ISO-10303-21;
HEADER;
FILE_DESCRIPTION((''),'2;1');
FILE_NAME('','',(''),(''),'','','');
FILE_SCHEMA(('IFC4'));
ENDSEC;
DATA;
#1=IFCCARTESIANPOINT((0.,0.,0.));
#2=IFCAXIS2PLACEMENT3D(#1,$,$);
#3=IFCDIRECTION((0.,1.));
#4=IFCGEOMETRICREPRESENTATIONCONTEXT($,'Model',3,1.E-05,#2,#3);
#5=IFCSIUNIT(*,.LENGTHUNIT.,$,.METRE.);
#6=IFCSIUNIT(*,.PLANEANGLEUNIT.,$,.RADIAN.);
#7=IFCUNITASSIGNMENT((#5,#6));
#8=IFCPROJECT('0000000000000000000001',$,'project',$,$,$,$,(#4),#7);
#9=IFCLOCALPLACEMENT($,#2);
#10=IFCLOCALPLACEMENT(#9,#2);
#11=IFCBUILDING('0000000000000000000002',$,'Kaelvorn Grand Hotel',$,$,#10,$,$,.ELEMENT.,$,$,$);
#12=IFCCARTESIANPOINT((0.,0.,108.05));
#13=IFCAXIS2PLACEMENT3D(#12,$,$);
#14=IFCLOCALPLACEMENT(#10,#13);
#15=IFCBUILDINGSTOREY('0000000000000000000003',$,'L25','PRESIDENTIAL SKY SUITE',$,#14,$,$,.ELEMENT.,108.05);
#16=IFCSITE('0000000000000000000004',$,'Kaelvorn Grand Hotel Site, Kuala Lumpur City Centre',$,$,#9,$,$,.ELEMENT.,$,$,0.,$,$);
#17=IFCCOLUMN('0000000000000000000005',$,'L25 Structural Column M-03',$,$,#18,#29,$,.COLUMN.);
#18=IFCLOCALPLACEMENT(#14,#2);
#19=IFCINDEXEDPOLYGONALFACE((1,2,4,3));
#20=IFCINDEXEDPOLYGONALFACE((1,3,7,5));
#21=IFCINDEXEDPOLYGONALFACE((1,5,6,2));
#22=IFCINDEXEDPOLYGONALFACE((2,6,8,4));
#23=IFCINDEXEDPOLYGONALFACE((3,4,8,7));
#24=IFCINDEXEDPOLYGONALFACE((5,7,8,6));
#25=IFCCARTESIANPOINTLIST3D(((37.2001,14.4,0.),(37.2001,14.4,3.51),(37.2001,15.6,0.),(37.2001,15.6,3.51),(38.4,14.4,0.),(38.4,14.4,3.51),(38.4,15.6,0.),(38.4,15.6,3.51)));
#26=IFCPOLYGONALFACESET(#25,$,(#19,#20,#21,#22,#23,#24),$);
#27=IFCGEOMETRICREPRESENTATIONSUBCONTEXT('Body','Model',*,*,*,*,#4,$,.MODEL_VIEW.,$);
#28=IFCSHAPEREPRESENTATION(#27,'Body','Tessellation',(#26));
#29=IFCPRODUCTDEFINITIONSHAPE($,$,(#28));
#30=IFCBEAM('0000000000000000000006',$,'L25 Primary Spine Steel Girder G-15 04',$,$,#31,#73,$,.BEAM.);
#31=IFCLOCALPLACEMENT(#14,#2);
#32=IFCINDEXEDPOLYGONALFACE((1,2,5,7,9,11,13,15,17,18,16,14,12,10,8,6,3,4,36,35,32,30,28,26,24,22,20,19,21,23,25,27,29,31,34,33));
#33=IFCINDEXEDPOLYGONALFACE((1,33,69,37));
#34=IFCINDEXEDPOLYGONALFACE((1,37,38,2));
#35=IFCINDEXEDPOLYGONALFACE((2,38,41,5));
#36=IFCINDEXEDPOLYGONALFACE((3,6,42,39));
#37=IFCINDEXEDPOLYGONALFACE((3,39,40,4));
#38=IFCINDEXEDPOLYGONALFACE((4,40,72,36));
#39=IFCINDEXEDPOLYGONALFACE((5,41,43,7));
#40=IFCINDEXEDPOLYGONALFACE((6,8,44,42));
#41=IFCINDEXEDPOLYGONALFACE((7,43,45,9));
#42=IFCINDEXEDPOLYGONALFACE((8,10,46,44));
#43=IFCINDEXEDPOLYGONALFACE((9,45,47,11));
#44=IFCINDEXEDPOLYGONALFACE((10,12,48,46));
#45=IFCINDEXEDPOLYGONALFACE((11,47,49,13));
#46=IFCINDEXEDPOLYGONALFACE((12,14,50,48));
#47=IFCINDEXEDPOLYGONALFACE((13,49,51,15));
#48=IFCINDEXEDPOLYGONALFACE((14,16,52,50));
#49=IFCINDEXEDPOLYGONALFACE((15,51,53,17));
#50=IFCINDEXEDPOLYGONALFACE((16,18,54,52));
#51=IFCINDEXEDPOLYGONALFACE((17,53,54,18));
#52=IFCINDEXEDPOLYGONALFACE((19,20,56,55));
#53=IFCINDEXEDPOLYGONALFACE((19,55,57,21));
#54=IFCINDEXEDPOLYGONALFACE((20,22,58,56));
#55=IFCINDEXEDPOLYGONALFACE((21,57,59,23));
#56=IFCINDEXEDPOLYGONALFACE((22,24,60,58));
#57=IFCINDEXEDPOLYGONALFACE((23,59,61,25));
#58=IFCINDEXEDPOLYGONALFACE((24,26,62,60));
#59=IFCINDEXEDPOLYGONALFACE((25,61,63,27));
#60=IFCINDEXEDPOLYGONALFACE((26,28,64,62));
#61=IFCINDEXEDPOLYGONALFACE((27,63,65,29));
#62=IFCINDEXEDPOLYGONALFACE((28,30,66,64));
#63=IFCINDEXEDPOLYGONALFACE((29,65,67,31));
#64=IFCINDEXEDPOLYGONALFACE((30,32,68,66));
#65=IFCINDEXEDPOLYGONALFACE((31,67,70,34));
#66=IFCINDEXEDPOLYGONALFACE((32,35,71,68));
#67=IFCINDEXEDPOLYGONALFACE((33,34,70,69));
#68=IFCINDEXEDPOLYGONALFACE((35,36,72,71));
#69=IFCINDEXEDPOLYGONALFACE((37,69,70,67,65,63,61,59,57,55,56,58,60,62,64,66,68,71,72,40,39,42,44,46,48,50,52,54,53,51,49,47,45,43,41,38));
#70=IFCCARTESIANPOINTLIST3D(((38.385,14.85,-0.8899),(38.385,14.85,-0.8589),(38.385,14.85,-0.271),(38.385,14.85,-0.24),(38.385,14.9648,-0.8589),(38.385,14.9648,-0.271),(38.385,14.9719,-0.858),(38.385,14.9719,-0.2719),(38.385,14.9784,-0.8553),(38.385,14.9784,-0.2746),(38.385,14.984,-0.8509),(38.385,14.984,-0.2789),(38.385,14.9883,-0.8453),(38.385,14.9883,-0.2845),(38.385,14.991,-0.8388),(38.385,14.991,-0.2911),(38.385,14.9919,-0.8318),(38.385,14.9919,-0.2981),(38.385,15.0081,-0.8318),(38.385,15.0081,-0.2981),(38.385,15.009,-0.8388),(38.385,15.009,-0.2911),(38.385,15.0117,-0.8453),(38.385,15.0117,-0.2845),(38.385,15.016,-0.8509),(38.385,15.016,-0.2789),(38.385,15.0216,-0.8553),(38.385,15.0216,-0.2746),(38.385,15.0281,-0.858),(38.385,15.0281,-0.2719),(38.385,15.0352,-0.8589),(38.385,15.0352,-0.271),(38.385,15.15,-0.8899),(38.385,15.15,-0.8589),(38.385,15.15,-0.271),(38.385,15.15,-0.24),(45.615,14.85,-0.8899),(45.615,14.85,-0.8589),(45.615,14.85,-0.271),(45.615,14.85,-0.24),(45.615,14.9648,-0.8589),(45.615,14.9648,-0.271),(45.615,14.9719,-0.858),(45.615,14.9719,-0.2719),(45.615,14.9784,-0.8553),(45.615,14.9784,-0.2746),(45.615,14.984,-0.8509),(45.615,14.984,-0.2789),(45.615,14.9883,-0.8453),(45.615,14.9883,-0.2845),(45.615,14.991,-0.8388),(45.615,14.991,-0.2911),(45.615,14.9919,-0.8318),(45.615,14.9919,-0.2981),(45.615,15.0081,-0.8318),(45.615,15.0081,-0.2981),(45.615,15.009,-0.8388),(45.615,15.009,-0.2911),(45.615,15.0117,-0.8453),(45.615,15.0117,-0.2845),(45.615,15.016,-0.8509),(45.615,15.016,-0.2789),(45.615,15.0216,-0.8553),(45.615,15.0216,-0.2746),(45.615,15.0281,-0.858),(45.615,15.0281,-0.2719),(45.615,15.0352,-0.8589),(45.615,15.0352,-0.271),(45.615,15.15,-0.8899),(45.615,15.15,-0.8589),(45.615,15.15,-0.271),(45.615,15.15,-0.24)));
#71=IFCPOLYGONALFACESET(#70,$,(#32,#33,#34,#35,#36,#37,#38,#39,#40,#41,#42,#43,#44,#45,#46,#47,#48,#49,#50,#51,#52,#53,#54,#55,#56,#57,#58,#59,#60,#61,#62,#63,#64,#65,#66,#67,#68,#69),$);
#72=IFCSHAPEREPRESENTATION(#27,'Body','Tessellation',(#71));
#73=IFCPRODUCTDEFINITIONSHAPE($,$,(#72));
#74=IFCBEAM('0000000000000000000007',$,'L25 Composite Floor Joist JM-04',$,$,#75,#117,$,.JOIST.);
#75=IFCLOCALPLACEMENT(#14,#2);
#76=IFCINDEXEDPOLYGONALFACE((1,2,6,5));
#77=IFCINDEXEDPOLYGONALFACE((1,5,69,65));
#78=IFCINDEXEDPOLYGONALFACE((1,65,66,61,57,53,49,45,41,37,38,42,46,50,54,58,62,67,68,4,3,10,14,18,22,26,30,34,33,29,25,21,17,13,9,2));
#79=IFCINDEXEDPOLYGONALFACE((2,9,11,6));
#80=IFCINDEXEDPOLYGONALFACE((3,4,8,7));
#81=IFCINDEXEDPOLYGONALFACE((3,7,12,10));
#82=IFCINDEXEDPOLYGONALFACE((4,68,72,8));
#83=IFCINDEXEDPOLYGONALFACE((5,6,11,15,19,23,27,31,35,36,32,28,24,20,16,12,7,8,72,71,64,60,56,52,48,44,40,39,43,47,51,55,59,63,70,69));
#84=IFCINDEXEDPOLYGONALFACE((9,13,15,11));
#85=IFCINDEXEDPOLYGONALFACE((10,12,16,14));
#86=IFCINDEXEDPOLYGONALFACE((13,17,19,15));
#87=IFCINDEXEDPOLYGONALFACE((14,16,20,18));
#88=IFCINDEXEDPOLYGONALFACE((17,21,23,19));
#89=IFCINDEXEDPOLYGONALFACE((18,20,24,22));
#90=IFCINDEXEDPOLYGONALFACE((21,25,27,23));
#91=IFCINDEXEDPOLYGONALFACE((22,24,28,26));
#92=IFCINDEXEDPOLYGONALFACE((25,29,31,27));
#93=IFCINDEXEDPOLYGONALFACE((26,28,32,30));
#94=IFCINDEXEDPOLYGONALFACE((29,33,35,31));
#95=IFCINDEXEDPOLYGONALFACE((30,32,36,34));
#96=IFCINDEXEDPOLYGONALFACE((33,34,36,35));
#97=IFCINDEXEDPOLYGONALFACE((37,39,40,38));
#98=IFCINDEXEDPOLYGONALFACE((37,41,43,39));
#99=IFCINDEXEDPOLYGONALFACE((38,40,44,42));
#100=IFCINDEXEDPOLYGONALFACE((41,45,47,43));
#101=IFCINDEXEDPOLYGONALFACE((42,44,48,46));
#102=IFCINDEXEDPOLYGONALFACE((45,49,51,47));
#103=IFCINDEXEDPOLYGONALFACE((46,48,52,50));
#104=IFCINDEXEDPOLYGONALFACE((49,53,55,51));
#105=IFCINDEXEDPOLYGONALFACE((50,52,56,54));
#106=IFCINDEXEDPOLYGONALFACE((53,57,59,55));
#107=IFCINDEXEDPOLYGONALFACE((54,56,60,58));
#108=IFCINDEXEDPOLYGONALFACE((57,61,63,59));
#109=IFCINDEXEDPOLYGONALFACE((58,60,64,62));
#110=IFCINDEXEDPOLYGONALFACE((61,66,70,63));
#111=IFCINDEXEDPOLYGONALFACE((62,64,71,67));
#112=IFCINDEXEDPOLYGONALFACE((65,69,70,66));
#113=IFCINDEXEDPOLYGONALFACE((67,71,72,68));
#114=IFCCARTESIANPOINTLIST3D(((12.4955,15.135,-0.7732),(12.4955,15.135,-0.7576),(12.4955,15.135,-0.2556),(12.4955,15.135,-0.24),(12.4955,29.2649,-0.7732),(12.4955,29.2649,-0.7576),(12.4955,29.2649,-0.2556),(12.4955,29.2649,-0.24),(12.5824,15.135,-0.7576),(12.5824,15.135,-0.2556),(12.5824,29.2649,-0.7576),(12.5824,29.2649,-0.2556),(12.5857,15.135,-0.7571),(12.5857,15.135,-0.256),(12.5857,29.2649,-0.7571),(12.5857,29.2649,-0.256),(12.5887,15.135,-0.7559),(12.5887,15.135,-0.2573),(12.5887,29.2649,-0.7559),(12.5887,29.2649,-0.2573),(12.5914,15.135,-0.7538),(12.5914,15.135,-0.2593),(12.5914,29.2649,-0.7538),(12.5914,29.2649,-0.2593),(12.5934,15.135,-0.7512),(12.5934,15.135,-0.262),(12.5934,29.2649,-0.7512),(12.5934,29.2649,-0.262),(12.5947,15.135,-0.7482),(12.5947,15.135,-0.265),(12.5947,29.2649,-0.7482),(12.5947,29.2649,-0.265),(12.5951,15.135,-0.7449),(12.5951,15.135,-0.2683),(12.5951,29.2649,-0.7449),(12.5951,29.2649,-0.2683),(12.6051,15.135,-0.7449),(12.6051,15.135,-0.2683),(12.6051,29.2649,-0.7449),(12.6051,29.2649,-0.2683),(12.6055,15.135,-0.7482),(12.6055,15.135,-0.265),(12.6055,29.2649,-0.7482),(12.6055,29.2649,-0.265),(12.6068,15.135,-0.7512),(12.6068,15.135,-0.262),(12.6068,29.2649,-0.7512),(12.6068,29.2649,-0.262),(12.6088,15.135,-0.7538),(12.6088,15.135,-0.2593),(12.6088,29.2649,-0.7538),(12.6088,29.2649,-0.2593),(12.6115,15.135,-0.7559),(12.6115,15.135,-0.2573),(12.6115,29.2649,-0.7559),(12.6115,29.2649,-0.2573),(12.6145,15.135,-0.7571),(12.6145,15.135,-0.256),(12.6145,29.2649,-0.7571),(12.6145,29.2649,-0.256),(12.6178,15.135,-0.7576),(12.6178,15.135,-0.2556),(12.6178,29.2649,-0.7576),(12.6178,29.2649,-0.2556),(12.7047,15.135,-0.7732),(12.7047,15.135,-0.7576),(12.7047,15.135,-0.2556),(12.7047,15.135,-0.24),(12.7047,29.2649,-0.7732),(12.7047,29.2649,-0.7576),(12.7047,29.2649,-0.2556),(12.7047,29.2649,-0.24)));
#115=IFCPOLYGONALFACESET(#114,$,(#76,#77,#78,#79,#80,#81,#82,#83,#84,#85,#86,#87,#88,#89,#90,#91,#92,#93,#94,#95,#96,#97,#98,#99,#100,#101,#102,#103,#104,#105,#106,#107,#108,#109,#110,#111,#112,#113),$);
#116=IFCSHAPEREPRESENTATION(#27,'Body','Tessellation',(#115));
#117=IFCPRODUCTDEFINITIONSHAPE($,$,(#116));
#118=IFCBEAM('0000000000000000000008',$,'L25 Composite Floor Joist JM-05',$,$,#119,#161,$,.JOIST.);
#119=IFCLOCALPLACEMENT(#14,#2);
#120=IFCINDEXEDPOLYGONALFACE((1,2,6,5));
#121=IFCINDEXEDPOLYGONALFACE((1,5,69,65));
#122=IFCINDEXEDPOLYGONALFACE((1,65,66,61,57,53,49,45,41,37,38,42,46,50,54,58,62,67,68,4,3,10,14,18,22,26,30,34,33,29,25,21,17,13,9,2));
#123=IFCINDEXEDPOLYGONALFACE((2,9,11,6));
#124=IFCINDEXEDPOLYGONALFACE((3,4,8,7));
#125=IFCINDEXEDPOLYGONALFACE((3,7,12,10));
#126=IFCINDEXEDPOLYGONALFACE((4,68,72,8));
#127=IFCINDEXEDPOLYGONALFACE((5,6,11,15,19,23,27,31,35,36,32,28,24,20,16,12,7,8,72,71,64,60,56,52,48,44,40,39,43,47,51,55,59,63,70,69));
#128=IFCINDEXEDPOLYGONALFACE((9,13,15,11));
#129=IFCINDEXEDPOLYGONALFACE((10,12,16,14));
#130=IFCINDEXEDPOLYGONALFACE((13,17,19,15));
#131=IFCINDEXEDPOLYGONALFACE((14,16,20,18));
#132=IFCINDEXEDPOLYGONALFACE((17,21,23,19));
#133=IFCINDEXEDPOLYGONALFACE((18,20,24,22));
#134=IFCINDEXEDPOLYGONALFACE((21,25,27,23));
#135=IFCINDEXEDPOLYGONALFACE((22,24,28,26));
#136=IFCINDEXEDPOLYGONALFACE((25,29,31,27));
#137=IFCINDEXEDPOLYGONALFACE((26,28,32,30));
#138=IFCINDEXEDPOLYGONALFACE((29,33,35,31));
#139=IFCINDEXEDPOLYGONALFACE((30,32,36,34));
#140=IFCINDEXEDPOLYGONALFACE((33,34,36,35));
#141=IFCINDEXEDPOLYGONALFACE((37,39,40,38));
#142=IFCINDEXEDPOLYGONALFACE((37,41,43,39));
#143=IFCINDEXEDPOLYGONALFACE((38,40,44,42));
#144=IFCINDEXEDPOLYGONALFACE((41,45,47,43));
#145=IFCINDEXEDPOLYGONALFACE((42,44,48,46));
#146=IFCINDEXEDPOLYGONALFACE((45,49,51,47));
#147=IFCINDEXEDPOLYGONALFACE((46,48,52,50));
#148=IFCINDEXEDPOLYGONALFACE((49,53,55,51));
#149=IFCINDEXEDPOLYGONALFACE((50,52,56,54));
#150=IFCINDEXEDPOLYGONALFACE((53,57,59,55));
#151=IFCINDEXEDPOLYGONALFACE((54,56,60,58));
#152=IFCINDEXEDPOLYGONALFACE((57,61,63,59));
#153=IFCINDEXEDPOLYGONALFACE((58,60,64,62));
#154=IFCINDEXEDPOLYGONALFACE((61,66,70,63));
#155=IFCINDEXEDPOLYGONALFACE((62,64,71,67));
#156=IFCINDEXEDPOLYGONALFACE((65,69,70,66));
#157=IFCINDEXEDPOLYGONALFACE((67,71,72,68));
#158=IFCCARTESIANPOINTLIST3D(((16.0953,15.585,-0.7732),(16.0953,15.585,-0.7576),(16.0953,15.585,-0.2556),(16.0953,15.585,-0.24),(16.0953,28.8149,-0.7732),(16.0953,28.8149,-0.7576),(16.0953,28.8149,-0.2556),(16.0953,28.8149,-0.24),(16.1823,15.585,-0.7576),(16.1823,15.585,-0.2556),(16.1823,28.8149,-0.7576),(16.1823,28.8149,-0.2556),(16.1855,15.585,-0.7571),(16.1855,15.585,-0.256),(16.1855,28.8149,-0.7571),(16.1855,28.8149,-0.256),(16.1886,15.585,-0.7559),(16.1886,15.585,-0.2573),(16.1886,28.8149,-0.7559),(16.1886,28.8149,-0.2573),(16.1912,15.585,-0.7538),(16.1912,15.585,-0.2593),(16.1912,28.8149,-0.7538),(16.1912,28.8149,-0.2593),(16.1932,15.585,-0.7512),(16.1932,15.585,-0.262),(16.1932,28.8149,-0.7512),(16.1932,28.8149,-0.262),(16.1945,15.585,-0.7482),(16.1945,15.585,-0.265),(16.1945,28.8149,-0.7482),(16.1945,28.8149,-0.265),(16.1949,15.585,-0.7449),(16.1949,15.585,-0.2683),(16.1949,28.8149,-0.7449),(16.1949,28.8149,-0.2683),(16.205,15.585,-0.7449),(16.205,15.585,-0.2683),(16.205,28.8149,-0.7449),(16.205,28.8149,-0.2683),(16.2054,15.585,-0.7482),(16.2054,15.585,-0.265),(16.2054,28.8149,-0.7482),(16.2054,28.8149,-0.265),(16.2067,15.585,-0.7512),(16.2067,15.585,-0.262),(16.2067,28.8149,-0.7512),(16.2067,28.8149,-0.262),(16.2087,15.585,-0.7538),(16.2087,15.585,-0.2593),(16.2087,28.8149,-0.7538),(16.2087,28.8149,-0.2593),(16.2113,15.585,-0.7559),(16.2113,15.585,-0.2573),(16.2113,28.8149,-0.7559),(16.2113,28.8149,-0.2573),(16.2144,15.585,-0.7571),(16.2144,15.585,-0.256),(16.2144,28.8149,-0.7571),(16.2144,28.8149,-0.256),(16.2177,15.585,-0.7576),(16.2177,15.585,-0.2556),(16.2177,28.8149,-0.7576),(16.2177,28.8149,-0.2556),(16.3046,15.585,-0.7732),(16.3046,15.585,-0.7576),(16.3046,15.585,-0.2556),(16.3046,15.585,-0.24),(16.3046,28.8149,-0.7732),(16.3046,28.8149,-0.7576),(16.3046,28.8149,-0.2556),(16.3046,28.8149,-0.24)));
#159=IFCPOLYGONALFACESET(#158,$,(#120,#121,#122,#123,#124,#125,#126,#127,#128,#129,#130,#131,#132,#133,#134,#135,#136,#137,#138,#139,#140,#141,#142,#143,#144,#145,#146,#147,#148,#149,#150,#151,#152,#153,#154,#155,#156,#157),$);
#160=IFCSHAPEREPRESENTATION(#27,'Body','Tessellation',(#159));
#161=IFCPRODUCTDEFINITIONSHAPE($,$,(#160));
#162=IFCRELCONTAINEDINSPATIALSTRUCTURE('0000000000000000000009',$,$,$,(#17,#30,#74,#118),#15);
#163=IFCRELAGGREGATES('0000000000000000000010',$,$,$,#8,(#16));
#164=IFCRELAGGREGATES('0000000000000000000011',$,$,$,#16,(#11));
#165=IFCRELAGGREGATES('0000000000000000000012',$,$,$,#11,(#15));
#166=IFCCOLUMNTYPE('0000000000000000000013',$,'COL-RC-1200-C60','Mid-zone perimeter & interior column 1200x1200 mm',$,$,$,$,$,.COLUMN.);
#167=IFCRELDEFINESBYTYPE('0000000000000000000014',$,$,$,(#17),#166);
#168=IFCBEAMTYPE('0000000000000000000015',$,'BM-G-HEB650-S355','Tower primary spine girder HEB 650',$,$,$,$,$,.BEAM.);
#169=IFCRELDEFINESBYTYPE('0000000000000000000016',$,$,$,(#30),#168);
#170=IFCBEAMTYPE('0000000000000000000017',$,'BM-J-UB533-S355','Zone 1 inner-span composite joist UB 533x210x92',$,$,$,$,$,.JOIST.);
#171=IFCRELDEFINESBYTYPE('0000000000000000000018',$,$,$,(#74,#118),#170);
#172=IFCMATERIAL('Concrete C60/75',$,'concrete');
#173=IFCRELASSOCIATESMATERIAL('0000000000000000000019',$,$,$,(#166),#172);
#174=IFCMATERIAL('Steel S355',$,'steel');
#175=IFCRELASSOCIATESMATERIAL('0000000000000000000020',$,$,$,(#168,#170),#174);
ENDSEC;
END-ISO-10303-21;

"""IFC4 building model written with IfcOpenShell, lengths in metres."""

from ifc_helpers import new_model, si_unit, direction, frame, origin, origin_2d, place, context, subcontext, project, spatial, rectangle, i_section, extrude, material, material_profile, profile_set, type_object, element, save


model = new_model("IFC4")

# Units and contexts
model_context = context("Model", 3, precision=1e-05, world=origin(), true_north=direction((0.0, 1.0)))
body_context = subcontext(model_context, "Body", "Model", "MODEL_VIEW")
ifc_project = project(units=[si_unit("LENGTHUNIT", "METRE"), si_unit("PLANEANGLEUNIT", "RADIAN")], contexts=[model_context])

# Site, building, storey
site_placement = place(None, origin())
site = spatial("IfcSite", under=ifc_project, at=site_placement, Name="Kaelvorn Grand Hotel Site, Kuala Lumpur City Centre", CompositionType="ELEMENT", RefElevation=0.0)
building_placement = place(site_placement, origin())
building = spatial("IfcBuilding", under=site, at=building_placement, Name="Kaelvorn Grand Hotel", CompositionType="ELEMENT")
storey_placement = place(building_placement, frame((0.0, 0.0, 108.05)))
storey = spatial("IfcBuildingStorey", under=building, at=storey_placement, Name="L25", Description="PRESIDENTIAL SKY SUITE", CompositionType="ELEMENT", Elevation=108.05)

# Column
ifc_material_1 = material(Name="Concrete C60/75", Category="concrete")
ifc_material_profile_1 = material_profile(ifc_material_1, rectangle(XDim=1.2, YDim=1.2, at=origin_2d()), Name="RC COL 1200x1200")
ifc_profile_set_1 = profile_set([ifc_material_profile_1], Name="Concrete C60/75")
column_type = type_object("IfcColumnType", Name="COL-RC-1200-C60", Description="Mid-zone perimeter & interior column 1200x1200 mm", PredefinedType="COLUMN", material=ifc_profile_set_1)
column_placement = place(storey_placement, frame((37.8, 15.0, 0.0), z_axis=(0.0, 0.0, 1.0), x_axis=(1.0, 0.0, 0.0)))
element("IfcColumn", 1, at=column_placement, inside=storey, type_object=column_type, Name="L25 Structural Column M-03", PredefinedType="COLUMN", context=body_context, shape_type="SweptSolid", body=[
    extrude(rectangle(XDim=1.2, YDim=1.2, at=origin_2d()), origin(), (0.0, 0.0, 1.0), 3.51),
])

# Beams
ifc_material_2 = material(Name="Steel S355", Category="steel")
ifc_material_profile_2 = material_profile(ifc_material_2, i_section(OverallWidth=0.3, OverallDepth=0.6499, WebThickness=0.0161, FlangeThickness=0.031, FilletRadius=0.0271, at=origin_2d()), Name="HEB 650")
ifc_profile_set_2 = profile_set([ifc_material_profile_2], Name="Steel S355")
beam_type_1 = type_object("IfcBeamType", Name="BM-G-HEB650-S355", Description="Tower primary spine girder HEB 650", PredefinedType="BEAM", material=ifc_profile_set_2)
beam_1_placement = place(storey_placement, frame((38.385, 15.0, -0.5649), z_axis=(1.0, 0.0, 0.0), x_axis=(0.0, 1.0, 0.0)))
element("IfcBeam", 2, at=beam_1_placement, inside=storey, type_object=beam_type_1, Name="L25 Primary Spine Steel Girder G-15 04", PredefinedType="BEAM", context=body_context, shape_type="SweptSolid", body=[
    extrude(i_section(OverallWidth=0.3, OverallDepth=0.6499, WebThickness=0.0161, FlangeThickness=0.031, FilletRadius=0.0271, at=origin_2d()), origin(), (0.0, 0.0, 1.0), 7.23),
])
ifc_material_profile_3 = material_profile(ifc_material_2, i_section(OverallWidth=0.2092, OverallDepth=0.5332, WebThickness=0.01, FlangeThickness=0.0156, FilletRadius=0.0127, at=origin_2d()), Name="UB 533x210x92")
ifc_profile_set_3 = profile_set([ifc_material_profile_3], Name="Steel S355")
beam_type_2 = type_object("IfcBeamType", Name="BM-J-UB533-S355", Description="Zone 1 inner-span composite joist UB 533x210x92", PredefinedType="JOIST", material=ifc_profile_set_3)
beam_2_placement = place(storey_placement, frame((12.6001, 15.135, -0.5066), z_axis=(0.0, 1.0, 0.0), x_axis=(-1.0, 0.0, 0.0)))
element("IfcBeam", 3, at=beam_2_placement, inside=storey, type_object=beam_type_2, Name="L25 Composite Floor Joist JM-04", PredefinedType="JOIST", context=body_context, shape_type="SweptSolid", body=[
    extrude(i_section(OverallWidth=0.2092, OverallDepth=0.5332, WebThickness=0.01, FlangeThickness=0.0156, FilletRadius=0.0127, at=origin_2d()), origin(), (0.0, 0.0, 1.0), 14.1299),
])
beam_3_placement = place(storey_placement, frame((16.2, 15.585, -0.5066), z_axis=(0.0, 1.0, 0.0), x_axis=(-1.0, 0.0, 0.0)))
element("IfcBeam", 4, at=beam_3_placement, inside=storey, type_object=beam_type_2, Name="L25 Composite Floor Joist JM-05", PredefinedType="JOIST", context=body_context, shape_type="SweptSolid", body=[
    extrude(i_section(OverallWidth=0.2092, OverallDepth=0.5332, WebThickness=0.01, FlangeThickness=0.0156, FilletRadius=0.0127, at=origin_2d()), origin(), (0.0, 0.0, 1.0), 13.23),
])

save(model, "model.ifc")
